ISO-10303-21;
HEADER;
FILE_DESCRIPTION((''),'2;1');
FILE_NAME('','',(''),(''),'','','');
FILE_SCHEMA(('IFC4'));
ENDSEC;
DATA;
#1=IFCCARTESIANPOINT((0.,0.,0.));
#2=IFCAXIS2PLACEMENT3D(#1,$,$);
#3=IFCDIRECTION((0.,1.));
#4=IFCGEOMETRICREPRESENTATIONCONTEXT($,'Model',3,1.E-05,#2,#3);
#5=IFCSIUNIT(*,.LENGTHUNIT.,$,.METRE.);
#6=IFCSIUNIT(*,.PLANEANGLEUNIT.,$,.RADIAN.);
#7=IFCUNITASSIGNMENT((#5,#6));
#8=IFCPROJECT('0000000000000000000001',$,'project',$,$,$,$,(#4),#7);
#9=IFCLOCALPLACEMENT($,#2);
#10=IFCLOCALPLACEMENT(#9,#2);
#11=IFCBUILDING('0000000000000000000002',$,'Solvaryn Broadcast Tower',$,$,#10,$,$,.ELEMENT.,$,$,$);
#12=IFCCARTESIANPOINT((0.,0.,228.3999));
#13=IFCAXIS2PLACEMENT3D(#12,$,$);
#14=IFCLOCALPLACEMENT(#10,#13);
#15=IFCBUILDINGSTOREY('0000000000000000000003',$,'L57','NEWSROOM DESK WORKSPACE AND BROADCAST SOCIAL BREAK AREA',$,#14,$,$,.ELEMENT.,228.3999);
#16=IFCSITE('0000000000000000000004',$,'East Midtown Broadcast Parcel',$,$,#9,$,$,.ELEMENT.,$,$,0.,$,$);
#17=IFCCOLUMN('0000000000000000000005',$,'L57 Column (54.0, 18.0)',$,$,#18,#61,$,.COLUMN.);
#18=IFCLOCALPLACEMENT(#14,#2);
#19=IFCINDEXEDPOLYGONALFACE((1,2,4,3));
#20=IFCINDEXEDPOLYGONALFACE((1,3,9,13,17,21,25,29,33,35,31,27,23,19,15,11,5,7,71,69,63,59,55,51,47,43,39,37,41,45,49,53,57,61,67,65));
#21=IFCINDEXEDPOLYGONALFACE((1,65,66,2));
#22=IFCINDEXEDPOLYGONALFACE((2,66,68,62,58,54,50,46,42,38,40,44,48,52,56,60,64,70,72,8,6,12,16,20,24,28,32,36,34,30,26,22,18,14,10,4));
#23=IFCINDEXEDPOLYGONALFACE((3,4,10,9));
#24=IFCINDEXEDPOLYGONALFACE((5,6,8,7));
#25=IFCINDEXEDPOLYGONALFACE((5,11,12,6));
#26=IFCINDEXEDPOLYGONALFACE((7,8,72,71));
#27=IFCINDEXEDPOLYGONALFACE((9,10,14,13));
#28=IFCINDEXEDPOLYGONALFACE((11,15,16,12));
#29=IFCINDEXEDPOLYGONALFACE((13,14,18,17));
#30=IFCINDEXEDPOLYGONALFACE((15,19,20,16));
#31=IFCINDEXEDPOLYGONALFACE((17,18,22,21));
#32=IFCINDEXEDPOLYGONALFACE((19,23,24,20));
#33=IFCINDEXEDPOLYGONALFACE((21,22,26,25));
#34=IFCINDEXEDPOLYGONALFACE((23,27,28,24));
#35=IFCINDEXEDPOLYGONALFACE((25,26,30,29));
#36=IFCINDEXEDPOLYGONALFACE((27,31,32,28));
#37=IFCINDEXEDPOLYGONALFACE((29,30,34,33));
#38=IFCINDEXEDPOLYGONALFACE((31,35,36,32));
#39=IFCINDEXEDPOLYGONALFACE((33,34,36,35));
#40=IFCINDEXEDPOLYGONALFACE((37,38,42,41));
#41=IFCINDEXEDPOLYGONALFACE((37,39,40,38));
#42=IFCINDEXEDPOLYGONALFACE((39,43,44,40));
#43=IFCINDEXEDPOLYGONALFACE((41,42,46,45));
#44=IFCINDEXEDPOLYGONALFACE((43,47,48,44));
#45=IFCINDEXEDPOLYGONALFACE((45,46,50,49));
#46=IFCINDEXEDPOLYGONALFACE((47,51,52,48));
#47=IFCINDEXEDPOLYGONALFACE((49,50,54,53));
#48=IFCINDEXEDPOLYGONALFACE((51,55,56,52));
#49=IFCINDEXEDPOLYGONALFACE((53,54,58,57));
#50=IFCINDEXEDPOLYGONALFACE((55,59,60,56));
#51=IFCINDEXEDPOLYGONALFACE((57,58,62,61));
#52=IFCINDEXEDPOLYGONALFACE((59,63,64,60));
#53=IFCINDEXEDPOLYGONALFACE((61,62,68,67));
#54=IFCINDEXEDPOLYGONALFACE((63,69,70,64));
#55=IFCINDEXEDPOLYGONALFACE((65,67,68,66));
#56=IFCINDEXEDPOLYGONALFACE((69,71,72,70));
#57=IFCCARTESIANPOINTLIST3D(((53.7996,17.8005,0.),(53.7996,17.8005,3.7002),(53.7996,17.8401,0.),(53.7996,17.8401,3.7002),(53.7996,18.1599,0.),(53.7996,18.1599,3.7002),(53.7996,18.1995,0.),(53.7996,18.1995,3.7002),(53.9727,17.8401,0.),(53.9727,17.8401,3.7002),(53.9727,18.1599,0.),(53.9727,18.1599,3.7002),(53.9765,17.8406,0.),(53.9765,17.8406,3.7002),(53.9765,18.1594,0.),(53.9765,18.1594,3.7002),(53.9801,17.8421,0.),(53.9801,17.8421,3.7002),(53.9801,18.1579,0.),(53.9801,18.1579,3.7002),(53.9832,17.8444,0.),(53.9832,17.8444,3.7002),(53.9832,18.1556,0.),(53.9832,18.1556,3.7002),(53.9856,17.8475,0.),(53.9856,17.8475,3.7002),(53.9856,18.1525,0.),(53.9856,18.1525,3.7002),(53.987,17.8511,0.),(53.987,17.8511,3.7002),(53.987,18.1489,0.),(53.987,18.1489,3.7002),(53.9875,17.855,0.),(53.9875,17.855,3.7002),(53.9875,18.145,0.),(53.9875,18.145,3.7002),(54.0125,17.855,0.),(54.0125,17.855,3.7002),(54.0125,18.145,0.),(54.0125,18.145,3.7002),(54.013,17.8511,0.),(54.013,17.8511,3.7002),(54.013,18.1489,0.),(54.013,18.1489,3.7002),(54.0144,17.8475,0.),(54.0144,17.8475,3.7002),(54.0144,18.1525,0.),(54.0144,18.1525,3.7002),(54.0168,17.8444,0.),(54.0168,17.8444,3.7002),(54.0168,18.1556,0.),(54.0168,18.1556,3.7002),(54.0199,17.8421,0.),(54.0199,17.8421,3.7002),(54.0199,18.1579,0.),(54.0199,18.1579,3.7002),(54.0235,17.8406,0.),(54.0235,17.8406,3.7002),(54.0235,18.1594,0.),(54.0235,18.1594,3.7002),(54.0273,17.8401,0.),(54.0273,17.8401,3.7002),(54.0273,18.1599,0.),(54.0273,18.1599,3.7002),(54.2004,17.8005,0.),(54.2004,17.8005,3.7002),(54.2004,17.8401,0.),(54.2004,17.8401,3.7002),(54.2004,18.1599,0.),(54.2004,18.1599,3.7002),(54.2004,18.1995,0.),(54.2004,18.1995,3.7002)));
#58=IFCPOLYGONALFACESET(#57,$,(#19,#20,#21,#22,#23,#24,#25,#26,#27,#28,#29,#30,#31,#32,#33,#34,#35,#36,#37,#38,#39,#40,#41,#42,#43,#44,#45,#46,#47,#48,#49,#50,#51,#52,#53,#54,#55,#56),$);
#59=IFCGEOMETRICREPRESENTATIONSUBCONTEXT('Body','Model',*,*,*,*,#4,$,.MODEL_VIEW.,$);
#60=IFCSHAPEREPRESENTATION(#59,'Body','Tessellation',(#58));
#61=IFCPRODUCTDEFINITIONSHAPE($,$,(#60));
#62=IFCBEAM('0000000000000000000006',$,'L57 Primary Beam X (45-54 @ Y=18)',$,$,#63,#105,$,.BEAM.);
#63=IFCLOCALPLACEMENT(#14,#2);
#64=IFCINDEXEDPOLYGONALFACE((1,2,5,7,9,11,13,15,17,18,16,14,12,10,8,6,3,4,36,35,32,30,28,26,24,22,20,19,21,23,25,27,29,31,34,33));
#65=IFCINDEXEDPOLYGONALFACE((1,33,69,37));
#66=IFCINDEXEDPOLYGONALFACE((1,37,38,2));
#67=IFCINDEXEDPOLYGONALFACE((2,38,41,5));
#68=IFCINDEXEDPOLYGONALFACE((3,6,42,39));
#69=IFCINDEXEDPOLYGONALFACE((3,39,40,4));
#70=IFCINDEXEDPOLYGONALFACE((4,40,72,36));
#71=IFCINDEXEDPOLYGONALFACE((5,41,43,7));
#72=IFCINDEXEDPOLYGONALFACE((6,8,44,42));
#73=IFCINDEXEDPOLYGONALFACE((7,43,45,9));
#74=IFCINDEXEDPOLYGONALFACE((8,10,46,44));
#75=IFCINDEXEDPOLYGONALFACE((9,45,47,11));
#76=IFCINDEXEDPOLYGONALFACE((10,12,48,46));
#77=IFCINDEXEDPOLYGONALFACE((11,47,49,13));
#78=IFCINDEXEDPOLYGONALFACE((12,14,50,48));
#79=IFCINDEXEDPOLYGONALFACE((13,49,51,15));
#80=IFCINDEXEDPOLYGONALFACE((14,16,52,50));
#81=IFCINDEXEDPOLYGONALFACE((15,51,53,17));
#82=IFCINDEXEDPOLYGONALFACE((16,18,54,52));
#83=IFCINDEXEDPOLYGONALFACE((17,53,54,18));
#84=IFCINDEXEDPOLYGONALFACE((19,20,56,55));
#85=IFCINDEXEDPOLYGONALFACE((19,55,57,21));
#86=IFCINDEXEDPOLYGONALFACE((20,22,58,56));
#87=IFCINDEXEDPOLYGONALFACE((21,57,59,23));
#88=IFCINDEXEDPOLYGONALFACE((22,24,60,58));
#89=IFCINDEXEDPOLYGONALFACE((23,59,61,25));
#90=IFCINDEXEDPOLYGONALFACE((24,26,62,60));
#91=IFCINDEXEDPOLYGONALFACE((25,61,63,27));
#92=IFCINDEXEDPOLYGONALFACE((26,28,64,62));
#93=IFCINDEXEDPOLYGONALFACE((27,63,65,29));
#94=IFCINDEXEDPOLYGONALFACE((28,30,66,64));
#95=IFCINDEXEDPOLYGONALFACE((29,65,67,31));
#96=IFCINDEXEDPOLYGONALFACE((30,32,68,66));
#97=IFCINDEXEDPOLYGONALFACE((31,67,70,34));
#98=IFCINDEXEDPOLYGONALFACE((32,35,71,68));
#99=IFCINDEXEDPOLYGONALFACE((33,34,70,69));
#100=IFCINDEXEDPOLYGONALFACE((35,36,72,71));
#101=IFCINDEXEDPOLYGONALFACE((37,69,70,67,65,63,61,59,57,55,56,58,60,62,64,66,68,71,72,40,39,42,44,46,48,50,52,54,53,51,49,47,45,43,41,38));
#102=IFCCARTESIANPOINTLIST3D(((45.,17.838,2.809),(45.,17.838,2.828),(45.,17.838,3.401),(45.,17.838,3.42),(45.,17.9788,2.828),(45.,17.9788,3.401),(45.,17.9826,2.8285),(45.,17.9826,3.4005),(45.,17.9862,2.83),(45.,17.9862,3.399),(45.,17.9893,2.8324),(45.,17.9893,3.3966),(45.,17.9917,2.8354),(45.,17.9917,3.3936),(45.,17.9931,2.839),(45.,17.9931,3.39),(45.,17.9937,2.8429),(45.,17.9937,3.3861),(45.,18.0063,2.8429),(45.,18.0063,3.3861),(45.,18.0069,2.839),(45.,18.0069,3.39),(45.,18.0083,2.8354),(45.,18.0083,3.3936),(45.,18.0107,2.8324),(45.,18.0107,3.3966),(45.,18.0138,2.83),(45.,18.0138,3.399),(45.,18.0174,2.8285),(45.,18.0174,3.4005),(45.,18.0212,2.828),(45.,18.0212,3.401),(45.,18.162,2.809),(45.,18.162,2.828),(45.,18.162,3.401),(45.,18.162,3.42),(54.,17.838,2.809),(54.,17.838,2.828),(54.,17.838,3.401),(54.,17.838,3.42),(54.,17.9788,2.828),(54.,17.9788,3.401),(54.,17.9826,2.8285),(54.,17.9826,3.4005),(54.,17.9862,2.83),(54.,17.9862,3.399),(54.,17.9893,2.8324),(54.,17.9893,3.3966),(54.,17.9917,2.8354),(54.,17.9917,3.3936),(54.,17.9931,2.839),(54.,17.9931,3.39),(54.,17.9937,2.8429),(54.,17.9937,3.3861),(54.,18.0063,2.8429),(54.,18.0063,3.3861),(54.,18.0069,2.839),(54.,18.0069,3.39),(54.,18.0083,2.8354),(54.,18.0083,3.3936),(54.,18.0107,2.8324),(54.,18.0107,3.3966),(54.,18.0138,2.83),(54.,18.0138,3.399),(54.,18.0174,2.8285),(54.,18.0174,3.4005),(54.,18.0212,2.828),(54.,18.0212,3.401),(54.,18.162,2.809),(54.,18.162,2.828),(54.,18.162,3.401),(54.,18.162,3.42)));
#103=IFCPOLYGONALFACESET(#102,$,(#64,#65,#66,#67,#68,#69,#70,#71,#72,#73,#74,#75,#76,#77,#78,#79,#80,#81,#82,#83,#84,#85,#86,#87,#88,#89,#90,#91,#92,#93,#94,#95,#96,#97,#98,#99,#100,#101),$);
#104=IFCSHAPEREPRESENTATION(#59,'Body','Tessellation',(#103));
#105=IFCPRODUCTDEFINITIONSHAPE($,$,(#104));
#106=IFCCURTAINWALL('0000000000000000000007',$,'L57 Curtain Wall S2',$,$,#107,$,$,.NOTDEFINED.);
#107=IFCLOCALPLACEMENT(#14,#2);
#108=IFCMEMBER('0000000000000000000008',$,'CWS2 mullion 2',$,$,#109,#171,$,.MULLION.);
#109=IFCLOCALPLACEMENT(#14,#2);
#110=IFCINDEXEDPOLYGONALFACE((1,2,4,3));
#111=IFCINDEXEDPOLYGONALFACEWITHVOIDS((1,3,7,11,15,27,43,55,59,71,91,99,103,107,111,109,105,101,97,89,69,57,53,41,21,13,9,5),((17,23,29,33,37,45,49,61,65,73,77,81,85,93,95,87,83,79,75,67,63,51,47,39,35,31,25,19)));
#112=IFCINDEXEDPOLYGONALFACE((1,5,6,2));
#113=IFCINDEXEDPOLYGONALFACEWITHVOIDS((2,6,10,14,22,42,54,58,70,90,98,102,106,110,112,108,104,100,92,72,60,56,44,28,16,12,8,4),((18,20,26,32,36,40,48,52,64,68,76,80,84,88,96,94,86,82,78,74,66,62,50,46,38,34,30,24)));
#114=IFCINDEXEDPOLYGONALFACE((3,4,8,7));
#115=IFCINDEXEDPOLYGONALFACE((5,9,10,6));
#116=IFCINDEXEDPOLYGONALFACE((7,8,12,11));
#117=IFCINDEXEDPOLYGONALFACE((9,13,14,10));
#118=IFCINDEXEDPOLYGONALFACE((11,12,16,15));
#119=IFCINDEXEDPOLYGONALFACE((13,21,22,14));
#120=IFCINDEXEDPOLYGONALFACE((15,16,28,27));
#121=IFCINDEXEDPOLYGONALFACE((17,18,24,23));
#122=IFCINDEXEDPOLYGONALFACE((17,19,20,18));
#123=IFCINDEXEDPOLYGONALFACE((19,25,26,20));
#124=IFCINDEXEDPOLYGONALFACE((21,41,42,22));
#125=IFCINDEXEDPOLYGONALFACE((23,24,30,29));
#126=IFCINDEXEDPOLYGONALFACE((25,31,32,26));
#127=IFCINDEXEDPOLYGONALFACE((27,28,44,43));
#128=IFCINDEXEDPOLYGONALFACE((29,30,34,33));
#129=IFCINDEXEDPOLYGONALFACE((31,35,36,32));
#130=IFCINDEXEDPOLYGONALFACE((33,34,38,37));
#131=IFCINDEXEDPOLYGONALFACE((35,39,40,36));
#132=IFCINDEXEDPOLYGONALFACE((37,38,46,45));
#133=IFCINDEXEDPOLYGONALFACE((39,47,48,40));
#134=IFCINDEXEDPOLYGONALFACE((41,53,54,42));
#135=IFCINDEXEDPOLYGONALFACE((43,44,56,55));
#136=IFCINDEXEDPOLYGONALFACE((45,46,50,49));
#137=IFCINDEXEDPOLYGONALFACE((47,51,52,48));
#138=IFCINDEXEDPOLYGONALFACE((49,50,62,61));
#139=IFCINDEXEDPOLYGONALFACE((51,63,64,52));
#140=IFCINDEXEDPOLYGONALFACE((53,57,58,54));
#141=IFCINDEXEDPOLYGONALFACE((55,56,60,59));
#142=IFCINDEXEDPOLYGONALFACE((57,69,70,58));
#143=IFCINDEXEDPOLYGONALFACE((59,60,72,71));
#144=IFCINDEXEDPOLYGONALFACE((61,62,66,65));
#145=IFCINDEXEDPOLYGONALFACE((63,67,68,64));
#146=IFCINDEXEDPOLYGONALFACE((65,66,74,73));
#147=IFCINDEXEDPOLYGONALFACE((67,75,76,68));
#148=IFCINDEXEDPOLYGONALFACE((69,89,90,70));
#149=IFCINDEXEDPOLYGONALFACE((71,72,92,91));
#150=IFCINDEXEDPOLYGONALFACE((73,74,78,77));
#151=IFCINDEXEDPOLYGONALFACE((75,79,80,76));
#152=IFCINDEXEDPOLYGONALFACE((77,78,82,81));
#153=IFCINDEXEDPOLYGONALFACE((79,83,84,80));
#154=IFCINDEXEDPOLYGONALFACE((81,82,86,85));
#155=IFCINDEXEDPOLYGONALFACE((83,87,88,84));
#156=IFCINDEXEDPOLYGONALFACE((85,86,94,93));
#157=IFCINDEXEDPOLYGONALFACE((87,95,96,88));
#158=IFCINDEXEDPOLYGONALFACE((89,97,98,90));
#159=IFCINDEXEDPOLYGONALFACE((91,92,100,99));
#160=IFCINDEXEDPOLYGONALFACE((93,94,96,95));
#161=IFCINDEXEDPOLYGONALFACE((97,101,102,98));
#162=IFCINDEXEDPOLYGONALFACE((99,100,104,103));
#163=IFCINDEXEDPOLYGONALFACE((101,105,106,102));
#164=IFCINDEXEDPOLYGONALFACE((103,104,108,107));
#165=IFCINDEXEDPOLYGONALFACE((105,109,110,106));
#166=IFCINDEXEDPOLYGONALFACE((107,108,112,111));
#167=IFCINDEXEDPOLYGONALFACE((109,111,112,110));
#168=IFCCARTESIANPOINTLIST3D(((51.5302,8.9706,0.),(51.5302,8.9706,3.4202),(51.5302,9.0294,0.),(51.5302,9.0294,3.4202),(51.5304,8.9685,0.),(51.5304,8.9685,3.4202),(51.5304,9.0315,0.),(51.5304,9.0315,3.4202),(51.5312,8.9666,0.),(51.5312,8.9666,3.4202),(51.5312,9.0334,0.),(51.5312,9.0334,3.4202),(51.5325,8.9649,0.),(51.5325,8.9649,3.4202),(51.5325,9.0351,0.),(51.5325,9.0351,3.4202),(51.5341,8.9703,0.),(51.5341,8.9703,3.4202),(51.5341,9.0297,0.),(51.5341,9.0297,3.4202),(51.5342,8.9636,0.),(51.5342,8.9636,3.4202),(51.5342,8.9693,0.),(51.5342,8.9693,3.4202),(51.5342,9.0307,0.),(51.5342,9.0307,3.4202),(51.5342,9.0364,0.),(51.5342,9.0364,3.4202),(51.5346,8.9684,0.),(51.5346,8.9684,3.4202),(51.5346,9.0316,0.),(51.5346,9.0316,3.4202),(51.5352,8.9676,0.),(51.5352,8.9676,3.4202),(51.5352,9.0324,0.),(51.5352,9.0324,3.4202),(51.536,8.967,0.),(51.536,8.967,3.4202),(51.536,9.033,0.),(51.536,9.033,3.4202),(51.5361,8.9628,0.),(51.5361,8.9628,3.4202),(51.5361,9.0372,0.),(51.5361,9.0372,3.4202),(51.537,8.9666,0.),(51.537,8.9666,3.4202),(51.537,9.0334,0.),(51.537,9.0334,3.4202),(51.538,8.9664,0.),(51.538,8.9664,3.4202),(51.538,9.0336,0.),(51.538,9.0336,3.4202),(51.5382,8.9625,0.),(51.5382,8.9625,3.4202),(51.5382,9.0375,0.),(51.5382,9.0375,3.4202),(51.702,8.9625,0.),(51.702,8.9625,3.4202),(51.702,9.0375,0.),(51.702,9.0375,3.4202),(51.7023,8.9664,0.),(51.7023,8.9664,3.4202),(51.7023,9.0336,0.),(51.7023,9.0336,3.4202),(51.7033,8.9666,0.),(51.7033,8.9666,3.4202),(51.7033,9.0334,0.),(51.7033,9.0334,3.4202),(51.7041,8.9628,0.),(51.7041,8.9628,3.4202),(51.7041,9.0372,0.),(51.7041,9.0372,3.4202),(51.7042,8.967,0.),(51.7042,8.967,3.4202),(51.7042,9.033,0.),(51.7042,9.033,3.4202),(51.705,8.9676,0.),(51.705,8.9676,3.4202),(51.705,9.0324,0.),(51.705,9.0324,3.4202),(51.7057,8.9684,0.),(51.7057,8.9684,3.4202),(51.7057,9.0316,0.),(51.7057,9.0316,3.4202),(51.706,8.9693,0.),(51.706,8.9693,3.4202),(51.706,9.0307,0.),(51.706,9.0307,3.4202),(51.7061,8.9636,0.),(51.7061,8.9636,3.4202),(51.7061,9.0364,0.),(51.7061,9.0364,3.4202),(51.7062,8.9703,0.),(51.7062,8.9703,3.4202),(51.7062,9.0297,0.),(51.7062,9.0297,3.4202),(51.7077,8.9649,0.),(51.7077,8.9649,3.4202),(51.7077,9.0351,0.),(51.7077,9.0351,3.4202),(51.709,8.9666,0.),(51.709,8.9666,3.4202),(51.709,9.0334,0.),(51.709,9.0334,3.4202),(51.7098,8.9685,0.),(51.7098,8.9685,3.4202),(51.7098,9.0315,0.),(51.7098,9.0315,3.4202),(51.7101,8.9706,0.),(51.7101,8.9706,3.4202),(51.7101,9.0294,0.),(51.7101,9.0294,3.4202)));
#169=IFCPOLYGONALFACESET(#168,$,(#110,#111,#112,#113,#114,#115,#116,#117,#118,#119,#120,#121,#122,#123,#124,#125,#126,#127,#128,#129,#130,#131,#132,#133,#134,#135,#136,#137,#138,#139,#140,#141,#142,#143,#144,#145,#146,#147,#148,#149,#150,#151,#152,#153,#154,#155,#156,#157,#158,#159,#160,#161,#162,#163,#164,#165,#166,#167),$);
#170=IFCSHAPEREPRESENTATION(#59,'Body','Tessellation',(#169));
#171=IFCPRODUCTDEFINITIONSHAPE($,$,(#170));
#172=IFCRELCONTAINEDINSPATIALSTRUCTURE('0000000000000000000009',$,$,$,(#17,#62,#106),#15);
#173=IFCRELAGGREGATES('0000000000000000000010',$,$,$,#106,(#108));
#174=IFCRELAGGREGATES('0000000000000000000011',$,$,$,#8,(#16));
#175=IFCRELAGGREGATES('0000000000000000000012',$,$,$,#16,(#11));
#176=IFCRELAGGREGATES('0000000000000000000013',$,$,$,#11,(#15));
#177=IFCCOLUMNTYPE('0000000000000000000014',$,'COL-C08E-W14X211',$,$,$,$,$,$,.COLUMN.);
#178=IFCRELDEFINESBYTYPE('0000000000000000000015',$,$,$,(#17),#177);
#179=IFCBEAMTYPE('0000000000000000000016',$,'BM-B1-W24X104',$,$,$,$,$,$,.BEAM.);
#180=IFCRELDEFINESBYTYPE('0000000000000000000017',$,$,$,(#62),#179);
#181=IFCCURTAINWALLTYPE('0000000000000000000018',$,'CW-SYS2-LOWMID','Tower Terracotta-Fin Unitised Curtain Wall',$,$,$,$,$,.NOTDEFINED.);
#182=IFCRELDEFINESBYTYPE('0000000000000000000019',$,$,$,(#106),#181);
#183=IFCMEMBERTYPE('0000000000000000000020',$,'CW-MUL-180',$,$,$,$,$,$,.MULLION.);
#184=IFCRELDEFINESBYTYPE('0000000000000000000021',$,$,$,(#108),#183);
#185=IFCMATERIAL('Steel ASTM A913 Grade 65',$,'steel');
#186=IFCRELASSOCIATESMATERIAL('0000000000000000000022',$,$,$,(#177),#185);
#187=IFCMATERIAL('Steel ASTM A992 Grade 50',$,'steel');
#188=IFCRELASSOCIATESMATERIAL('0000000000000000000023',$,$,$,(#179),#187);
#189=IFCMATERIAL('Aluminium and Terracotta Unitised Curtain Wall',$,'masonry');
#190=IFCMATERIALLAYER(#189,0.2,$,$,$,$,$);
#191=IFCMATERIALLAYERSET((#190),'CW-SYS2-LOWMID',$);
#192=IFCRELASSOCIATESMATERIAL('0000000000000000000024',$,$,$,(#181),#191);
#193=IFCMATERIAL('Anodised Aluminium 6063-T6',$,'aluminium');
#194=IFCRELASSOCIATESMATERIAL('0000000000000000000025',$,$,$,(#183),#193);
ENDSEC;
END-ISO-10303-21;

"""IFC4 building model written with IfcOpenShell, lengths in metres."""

from ifc_helpers import new_model, si_unit, direction, frame, origin, origin_2d, place, context, subcontext, project, spatial, hollow_rectangle, i_section, extrude, material, layer, layer_set, material_profile, profile_set, type_object, element, aggregate, save


model = new_model("IFC4")

# Units and contexts
model_context = context("Model", 3, precision=1e-05, world=origin(), true_north=direction((0.0, 1.0)))
body_context = subcontext(model_context, "Body", "Model", "MODEL_VIEW")
ifc_project = project(units=[si_unit("LENGTHUNIT", "METRE"), si_unit("PLANEANGLEUNIT", "RADIAN")], contexts=[model_context])

# Site, building, storey
site_placement = place(None, origin())
site = spatial("IfcSite", under=ifc_project, at=site_placement, Name="East Midtown Broadcast Parcel", CompositionType="ELEMENT", RefElevation=0.0)
building_placement = place(site_placement, origin())
building = spatial("IfcBuilding", under=site, at=building_placement, Name="Solvaryn Broadcast Tower", CompositionType="ELEMENT")
storey_placement = place(building_placement, frame((0.0, 0.0, 228.3999)))
storey = spatial("IfcBuildingStorey", under=building, at=storey_placement, Name="L57", Description="NEWSROOM DESK WORKSPACE AND BROADCAST SOCIAL BREAK AREA", CompositionType="ELEMENT", Elevation=228.3999)

# Column
ifc_material_1 = material(Name="Steel ASTM A913 Grade 65", Category="steel")
ifc_material_profile_1 = material_profile(ifc_material_1, i_section(OverallWidth=0.4009, OverallDepth=0.3989, WebThickness=0.0249, FlangeThickness=0.0396, FilletRadius=0.0149, at=origin_2d()))
ifc_profile_set_1 = profile_set([ifc_material_profile_1], Name="Steel ASTM A913 Grade 65")
column_type = type_object("IfcColumnType", Name="COL-C08E-W14X211", PredefinedType="COLUMN", material=ifc_profile_set_1)
column_placement = place(storey_placement, frame((54.0, 18.0, 0.0), z_axis=(0.0, 0.0, 1.0), x_axis=(1.0, 0.0, 0.0)))
element("IfcColumn", 1, at=column_placement, inside=storey, type_object=column_type, Name="L57 Column (54.0, 18.0)", PredefinedType="COLUMN", context=body_context, shape_type="SweptSolid", body=[
    extrude(i_section(OverallWidth=0.4009, OverallDepth=0.3989, WebThickness=0.0249, FlangeThickness=0.0396, FilletRadius=0.0149, at=origin_2d()), origin(), (0.0, 0.0, 1.0), 3.7002),
])

# Beam
ifc_material_2 = material(Name="Steel ASTM A992 Grade 50", Category="steel")
ifc_material_profile_2 = material_profile(ifc_material_2, i_section(OverallWidth=0.324, OverallDepth=0.6111, WebThickness=0.0127, FlangeThickness=0.019, FilletRadius=0.0149, at=origin_2d()))
ifc_profile_set_2 = profile_set([ifc_material_profile_2], Name="Steel ASTM A992 Grade 50")
beam_type = type_object("IfcBeamType", Name="BM-B1-W24X104", PredefinedType="BEAM", material=ifc_profile_set_2)
beam_placement = place(storey_placement, frame((45.0, 18.0, 3.1145), z_axis=(1.0, 0.0, 0.0), x_axis=(0.0, 1.0, 0.0)))
element("IfcBeam", 2, at=beam_placement, inside=storey, type_object=beam_type, Name="L57 Primary Beam X (45-54 @ Y=18)", PredefinedType="BEAM", context=body_context, shape_type="SweptSolid", body=[
    extrude(i_section(OverallWidth=0.324, OverallDepth=0.6111, WebThickness=0.0127, FlangeThickness=0.019, FilletRadius=0.0149, at=origin_2d()), origin(), (0.0, 0.0, 1.0), 9.0),
])

# Curtain wall, member
ifc_material_3 = material(Name="Aluminium and Terracotta Unitised Curtain Wall", Category="masonry")
ifc_layer_1 = layer(ifc_material_3, 0.2)
ifc_layer_set_1 = layer_set([ifc_layer_1], Name="CW-SYS2-LOWMID")
curtain_wall_type = type_object("IfcCurtainWallType", Name="CW-SYS2-LOWMID", Description="Tower Terracotta-Fin Unitised Curtain Wall", PredefinedType="NOTDEFINED", material=ifc_layer_set_1)
curtain_wall_1_placement = place(storey_placement, origin())
curtain_wall_1 = element("IfcCurtainWall", 3, at=curtain_wall_1_placement, inside=storey, type_object=curtain_wall_type, Name="L57 Curtain Wall S2", PredefinedType="NOTDEFINED")
ifc_material_4 = material(Name="Anodised Aluminium 6063-T6", Category="aluminium")
ifc_material_profile_3 = material_profile(ifc_material_4, hollow_rectangle(XDim=0.075, YDim=0.1799, WallThickness=0.0039, InnerFilletRadius=0.0039, OuterFilletRadius=0.0081, at=origin_2d()))
ifc_profile_set_3 = profile_set([ifc_material_profile_3], Name="Anodised Aluminium 6063-T6")
member_type_1 = type_object("IfcMemberType", Name="CW-MUL-180", PredefinedType="MULLION", material=ifc_profile_set_3)
member_1_placement = place(storey_placement, frame((51.6201, 9.0, 0.0), z_axis=(0.0, 0.0, 1.0), x_axis=(0.0, 1.0, 0.0)))
member_1 = element("IfcMember", 4, at=member_1_placement, type_object=member_type_1, Name="CWS2 mullion 2", PredefinedType="MULLION", context=body_context, shape_type="SweptSolid", body=[
    extrude(hollow_rectangle(XDim=0.075, YDim=0.1799, WallThickness=0.0039, InnerFilletRadius=0.0039, OuterFilletRadius=0.0081, at=origin_2d()), origin(), (0.0, 0.0, 1.0), 3.4202),
])

aggregate(curtain_wall_1, [member_1])

save(model, "model.ifc")
